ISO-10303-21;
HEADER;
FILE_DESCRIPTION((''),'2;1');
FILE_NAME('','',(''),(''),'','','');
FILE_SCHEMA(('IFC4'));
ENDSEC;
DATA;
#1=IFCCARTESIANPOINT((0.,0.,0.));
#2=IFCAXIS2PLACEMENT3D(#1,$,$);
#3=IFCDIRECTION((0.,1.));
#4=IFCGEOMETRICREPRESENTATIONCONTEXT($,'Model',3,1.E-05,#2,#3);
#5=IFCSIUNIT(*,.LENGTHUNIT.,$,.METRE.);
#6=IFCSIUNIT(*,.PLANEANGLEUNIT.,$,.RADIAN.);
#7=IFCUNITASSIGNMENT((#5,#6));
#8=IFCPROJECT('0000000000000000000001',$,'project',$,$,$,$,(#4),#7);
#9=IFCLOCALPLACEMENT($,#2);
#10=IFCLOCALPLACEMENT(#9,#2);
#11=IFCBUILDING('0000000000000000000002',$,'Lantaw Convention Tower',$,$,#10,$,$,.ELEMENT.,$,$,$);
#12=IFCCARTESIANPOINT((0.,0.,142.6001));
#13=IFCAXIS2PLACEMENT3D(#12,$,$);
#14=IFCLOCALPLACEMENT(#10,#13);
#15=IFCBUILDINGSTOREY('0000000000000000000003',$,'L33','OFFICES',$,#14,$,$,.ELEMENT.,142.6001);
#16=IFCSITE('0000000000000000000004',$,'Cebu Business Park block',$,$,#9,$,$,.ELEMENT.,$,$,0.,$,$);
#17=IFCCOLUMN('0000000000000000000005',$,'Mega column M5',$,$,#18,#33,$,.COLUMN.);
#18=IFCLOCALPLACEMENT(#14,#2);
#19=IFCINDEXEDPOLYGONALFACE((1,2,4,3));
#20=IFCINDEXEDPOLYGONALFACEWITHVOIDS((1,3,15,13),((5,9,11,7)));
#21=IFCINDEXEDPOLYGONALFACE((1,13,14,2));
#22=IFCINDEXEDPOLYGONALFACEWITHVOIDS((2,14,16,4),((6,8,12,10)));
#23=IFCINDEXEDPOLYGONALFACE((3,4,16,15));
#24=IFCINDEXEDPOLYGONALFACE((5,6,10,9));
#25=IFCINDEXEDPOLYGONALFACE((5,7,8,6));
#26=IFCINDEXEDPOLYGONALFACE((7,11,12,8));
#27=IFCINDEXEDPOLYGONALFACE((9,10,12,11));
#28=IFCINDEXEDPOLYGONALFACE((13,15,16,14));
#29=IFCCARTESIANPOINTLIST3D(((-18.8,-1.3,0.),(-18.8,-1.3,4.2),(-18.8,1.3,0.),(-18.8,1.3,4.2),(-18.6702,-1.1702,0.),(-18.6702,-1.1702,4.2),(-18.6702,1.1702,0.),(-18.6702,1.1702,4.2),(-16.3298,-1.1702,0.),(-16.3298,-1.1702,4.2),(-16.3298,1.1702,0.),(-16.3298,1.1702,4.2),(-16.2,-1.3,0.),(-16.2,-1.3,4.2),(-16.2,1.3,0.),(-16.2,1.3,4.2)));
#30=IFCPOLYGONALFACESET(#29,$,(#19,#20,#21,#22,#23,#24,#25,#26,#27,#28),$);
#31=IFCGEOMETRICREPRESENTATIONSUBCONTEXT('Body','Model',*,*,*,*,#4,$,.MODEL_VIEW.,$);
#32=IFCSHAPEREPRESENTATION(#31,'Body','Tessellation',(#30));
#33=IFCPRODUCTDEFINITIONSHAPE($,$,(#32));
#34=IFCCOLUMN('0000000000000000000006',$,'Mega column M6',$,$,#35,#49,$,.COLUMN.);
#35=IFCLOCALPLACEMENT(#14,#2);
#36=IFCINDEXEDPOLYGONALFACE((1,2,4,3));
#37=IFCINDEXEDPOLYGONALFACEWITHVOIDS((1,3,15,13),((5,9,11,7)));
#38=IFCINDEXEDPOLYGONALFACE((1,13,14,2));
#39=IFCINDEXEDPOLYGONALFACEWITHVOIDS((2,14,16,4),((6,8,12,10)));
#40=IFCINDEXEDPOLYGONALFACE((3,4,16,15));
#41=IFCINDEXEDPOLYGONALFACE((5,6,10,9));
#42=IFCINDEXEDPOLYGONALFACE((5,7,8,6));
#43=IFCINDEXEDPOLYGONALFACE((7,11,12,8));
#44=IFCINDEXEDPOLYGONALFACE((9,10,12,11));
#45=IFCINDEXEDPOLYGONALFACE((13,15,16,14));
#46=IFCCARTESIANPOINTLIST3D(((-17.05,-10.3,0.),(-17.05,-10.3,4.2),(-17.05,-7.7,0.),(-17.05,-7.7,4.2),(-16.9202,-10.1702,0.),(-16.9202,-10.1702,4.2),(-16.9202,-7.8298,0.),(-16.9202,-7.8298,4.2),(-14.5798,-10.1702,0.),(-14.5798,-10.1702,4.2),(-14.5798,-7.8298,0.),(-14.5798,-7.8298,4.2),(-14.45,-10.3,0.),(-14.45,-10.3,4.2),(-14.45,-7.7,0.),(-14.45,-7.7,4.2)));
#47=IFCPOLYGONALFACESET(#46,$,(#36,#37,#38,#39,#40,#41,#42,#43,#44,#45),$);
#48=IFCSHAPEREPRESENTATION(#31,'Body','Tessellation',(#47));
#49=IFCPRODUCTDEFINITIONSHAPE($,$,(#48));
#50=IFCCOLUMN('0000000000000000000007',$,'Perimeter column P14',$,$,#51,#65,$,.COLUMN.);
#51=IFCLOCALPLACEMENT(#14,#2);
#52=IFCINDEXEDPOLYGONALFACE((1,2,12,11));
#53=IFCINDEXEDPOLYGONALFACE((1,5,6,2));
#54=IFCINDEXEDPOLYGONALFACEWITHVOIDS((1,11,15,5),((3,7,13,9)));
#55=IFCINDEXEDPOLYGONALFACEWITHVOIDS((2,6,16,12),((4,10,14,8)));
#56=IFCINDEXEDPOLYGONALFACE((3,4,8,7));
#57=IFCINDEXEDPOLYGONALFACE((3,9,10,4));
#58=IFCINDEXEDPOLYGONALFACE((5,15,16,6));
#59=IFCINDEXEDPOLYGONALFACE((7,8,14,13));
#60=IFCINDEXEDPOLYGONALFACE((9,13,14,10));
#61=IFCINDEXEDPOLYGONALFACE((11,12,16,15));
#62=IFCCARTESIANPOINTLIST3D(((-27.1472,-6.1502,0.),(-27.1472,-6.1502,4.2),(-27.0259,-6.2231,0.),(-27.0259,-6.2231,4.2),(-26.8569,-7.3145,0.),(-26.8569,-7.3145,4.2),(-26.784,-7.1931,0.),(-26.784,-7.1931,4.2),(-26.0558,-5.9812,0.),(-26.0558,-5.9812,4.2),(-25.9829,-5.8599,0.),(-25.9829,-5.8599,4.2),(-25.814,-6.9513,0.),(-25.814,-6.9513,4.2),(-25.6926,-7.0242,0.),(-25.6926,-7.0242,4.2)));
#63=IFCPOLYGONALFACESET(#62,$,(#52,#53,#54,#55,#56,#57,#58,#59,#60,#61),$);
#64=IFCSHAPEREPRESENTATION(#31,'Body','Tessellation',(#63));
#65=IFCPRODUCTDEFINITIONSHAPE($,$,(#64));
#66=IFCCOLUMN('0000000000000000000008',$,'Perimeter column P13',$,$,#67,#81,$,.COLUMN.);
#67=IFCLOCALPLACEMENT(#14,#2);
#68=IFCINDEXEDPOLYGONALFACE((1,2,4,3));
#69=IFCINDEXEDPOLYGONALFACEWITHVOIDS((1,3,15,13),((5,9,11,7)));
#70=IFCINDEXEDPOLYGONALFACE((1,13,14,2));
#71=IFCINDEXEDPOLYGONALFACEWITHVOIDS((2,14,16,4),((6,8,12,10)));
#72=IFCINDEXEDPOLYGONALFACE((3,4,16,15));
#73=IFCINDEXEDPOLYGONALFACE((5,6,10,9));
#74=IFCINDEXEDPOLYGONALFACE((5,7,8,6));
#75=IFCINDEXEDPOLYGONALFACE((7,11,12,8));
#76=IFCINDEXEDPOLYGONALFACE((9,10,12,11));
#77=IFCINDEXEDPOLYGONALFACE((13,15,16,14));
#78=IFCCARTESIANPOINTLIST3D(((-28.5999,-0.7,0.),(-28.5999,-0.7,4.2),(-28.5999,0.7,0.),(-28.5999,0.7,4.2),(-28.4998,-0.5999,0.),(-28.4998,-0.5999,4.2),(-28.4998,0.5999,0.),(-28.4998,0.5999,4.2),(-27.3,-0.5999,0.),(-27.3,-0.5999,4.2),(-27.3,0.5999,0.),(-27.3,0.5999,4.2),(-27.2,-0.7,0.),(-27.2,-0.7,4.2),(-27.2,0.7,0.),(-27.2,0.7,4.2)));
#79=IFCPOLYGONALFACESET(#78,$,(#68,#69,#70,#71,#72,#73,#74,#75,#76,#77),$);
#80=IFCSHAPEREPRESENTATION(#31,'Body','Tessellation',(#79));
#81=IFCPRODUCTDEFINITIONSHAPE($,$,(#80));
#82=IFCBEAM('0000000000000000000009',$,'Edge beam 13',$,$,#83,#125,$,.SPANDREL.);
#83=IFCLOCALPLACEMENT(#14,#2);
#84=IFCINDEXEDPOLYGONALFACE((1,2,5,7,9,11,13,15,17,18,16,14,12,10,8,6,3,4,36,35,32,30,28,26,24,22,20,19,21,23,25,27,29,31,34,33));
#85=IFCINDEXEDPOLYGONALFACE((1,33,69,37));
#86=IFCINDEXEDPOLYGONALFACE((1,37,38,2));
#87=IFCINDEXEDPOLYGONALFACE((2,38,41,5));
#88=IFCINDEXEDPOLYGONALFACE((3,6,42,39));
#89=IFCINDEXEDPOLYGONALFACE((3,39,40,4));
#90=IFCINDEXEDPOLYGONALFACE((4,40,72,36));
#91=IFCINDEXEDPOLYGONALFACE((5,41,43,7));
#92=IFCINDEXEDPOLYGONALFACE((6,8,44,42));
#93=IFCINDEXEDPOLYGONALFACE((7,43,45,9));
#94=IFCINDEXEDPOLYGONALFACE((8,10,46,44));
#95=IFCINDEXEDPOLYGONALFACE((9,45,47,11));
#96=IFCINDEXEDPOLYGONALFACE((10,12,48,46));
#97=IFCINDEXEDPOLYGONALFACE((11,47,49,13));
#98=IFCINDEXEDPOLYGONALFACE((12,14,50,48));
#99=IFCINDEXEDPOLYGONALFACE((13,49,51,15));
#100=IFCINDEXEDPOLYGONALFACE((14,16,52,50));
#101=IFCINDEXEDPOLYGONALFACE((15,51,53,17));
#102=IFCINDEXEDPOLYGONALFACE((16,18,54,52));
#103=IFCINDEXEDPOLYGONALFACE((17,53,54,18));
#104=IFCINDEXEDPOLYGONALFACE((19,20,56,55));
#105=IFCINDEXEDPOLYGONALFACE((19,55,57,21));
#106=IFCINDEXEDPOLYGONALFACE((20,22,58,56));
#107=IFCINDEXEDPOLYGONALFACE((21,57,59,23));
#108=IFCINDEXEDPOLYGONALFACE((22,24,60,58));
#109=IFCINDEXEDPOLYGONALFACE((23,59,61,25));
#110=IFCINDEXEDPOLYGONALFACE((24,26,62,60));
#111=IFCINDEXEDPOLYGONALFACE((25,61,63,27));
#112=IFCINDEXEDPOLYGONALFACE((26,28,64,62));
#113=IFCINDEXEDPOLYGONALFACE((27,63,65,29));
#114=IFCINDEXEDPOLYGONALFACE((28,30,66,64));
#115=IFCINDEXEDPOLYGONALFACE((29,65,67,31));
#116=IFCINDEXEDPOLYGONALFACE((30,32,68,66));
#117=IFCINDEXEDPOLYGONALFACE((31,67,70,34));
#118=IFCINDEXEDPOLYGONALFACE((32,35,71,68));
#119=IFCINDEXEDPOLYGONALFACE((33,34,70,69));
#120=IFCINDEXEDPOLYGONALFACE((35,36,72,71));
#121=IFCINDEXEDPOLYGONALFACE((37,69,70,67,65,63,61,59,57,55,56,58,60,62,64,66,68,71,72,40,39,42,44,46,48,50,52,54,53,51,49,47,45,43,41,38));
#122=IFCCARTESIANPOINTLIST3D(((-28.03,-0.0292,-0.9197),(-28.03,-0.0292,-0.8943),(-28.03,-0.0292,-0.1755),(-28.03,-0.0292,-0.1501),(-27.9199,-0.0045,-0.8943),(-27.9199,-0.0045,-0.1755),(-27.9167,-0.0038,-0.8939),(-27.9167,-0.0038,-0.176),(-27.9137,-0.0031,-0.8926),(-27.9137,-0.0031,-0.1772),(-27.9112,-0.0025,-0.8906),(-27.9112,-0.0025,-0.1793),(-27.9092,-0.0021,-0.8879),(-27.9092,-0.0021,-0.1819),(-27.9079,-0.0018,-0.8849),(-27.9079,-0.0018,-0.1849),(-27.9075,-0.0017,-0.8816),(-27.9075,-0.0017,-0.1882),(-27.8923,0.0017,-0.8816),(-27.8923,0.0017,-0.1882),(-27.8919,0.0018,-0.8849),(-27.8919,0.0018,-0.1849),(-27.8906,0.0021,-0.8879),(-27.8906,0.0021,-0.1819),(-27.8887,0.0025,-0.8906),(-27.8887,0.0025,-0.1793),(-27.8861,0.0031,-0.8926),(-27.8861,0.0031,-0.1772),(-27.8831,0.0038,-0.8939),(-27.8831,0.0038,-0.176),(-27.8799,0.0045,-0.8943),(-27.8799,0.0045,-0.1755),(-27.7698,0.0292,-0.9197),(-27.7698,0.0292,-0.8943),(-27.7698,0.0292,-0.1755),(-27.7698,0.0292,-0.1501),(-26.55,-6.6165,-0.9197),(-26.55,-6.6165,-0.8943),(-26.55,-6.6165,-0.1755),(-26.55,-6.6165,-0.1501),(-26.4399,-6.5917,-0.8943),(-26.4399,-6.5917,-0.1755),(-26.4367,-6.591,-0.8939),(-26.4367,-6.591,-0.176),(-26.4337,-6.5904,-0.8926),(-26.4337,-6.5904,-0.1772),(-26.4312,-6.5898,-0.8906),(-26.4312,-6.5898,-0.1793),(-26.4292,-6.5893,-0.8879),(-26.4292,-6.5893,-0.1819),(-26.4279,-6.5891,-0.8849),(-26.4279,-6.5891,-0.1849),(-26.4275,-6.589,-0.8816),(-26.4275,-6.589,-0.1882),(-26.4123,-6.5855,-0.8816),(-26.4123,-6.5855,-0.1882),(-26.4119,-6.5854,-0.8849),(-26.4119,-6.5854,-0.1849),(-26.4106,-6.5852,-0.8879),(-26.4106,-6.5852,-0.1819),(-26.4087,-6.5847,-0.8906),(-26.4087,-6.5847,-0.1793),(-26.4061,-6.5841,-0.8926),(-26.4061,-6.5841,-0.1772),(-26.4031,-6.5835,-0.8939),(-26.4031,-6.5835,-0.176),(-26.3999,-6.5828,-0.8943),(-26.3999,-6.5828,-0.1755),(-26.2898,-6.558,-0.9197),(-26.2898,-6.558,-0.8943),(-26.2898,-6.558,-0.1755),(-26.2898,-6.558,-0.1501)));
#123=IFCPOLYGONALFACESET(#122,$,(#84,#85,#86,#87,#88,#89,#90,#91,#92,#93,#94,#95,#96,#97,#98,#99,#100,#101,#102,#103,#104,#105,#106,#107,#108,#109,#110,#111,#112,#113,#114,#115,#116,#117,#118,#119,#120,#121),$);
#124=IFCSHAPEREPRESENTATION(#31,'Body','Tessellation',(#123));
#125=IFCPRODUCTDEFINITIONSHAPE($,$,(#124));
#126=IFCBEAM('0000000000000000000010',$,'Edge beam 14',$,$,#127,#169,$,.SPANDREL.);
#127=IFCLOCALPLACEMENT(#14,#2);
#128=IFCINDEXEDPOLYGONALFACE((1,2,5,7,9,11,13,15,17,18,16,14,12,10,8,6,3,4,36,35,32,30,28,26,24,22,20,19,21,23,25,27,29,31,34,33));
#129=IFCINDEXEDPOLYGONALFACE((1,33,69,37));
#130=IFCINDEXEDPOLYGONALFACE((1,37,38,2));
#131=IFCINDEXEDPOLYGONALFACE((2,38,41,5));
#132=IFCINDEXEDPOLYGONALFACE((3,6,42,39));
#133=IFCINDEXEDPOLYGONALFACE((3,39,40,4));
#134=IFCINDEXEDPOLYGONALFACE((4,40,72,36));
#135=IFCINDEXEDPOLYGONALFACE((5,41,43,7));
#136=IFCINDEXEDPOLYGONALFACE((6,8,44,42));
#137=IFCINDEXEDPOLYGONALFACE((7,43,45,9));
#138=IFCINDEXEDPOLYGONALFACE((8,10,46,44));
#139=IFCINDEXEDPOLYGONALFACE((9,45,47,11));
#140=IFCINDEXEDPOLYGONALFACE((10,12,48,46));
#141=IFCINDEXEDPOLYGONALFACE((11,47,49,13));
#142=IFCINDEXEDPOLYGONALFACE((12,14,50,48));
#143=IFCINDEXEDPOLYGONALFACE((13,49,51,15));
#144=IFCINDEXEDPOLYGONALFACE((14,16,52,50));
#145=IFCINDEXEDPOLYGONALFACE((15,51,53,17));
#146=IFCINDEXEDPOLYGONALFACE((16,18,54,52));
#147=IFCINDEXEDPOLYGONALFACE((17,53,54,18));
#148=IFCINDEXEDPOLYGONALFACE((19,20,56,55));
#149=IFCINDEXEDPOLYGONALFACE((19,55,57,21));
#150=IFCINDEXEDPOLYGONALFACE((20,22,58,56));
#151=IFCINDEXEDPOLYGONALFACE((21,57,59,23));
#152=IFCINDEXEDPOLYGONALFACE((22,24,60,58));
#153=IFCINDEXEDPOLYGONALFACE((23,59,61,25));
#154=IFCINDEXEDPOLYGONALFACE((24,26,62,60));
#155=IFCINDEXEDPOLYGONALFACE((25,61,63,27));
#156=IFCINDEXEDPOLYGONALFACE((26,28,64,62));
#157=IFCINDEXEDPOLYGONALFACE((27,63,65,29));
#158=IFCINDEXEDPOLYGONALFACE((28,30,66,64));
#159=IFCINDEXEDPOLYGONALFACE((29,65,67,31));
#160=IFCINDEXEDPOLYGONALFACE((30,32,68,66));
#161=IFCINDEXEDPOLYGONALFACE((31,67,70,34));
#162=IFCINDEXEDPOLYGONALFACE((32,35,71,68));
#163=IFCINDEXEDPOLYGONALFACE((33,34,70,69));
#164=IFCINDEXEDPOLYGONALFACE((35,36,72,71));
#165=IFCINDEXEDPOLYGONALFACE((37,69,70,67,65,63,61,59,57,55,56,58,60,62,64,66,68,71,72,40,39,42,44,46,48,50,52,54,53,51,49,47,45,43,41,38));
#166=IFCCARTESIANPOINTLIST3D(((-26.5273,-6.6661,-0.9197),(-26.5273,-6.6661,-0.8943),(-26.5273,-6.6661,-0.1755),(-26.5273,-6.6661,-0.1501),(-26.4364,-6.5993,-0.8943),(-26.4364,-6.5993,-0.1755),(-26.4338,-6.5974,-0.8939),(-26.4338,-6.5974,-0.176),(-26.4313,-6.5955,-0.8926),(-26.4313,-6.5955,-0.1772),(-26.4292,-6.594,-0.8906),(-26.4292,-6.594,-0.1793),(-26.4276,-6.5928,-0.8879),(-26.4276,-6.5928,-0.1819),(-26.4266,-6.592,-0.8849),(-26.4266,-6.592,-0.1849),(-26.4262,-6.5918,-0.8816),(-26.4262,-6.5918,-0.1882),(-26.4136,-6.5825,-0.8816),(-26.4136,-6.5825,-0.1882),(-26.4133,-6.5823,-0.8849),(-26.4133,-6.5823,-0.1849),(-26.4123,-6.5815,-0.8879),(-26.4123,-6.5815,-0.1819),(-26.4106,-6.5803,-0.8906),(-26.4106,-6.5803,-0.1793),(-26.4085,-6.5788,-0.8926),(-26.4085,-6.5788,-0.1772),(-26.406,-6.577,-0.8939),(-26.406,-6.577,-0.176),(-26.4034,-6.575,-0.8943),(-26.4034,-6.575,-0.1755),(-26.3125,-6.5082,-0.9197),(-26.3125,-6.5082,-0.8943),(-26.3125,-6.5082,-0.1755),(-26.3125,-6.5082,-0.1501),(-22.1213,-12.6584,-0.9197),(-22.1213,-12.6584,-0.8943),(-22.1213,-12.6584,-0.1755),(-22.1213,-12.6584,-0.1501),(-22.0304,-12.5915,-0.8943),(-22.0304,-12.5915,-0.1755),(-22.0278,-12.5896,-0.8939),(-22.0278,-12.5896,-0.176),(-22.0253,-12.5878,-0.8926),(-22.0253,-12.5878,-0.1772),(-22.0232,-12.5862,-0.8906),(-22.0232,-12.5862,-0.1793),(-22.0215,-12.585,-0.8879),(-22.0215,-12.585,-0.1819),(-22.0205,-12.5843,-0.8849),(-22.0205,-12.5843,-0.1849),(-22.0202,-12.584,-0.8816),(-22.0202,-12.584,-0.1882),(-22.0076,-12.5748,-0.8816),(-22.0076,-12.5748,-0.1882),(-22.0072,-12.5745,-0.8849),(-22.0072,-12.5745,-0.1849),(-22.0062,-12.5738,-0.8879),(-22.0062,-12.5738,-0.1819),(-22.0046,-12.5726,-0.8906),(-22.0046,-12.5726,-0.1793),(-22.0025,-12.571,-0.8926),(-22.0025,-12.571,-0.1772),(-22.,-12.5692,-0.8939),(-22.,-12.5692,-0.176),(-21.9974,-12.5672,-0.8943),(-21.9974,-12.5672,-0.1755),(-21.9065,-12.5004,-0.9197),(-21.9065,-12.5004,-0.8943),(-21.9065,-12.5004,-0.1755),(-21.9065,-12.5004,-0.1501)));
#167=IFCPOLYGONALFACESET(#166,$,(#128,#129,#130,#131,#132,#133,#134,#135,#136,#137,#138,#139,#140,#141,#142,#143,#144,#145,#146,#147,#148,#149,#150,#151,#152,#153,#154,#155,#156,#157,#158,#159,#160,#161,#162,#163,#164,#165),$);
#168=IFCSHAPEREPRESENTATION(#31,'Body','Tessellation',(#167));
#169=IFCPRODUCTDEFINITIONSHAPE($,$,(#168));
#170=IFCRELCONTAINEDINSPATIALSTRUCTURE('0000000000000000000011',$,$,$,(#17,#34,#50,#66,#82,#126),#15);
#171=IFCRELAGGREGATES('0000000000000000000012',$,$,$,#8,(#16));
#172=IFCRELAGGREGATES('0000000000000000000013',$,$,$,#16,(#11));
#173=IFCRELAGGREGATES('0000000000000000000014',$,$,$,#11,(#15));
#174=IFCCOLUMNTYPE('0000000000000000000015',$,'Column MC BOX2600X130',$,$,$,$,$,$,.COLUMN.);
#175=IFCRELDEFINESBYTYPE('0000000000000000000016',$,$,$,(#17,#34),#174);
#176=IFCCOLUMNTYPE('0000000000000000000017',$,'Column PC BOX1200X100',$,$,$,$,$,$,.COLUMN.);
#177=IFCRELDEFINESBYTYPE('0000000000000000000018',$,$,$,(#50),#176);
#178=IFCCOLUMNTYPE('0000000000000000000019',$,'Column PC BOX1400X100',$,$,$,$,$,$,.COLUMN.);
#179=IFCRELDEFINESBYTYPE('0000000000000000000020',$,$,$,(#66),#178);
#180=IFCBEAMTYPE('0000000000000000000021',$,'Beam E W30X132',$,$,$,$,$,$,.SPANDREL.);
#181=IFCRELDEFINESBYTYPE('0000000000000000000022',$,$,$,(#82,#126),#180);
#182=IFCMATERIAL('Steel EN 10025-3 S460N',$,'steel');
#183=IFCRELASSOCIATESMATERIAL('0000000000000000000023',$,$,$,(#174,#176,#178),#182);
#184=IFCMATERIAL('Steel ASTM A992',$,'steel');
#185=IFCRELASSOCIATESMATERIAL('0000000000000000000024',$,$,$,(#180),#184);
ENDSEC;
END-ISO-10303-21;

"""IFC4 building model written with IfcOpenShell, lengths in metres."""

from ifc_helpers import new_model, si_unit, direction, frame, origin, origin_2d, place, context, subcontext, project, spatial, rectangle, hollow_rectangle, i_section, extrude, material, material_profile, profile_set, type_object, element, save


model = new_model("IFC4")

# Units and contexts
model_context = context("Model", 3, precision=1e-05, world=origin(), true_north=direction((0.0, 1.0)))
body_context = subcontext(model_context, "Body", "Model", "MODEL_VIEW")
ifc_project = project(units=[si_unit("LENGTHUNIT", "METRE"), si_unit("PLANEANGLEUNIT", "RADIAN")], contexts=[model_context])

# Site, building, storey
site_placement = place(None, origin())
site = spatial("IfcSite", under=ifc_project, at=site_placement, Name="Cebu Business Park block", CompositionType="ELEMENT", RefElevation=0.0)
building_placement = place(site_placement, origin())
building = spatial("IfcBuilding", under=site, at=building_placement, Name="Lantaw Convention Tower", CompositionType="ELEMENT")
storey_placement = place(building_placement, frame((0.0, 0.0, 142.6001)))
storey = spatial("IfcBuildingStorey", under=building, at=storey_placement, Name="L33", Description="OFFICES", CompositionType="ELEMENT", Elevation=142.6001)

# Columns
ifc_material_1 = material(Name="Steel EN 10025-3 S460N", Category="steel")
ifc_material_profile_1 = material_profile(ifc_material_1, hollow_rectangle(XDim=2.6001, YDim=2.6001, WallThickness=0.1299, at=origin_2d()), Name="BOX2600X130")
ifc_material_2 = material(Name="Concrete C60/75", Category="concrete")
ifc_material_profile_2 = material_profile(ifc_material_2, rectangle(XDim=2.3401, YDim=2.3401, at=origin_2d()), Name="Concrete fill of BOX2600X130")
ifc_profile_set_1 = profile_set([ifc_material_profile_1, ifc_material_profile_2], Name="Steel EN 10025-3 S460N")
column_type_1 = type_object("IfcColumnType", Name="Column MC BOX2600X130", PredefinedType="COLUMN", material=ifc_profile_set_1)
for number, where, z_axis, x_axis, name in (
    (1, (-17.5, 0.0, 0.0), (0.0, 0.0, 1.0), (1.0, 0.0, 0.0), "Mega column M5"),
    (2, (-15.75, -9.0, 0.0), (0.0, 0.0, 1.0), (1.0, 0.0, 0.0), "Mega column M6"),
):
    element("IfcColumn", number, at=place(storey_placement, frame(where, z_axis=z_axis, x_axis=x_axis)), inside=storey, type_object=column_type_1, Name=name, PredefinedType="COLUMN", context=body_context, shape_type="SweptSolid", body=[
        extrude(hollow_rectangle(XDim=2.6001, YDim=2.6001, WallThickness=0.1299, at=origin_2d()), origin(), (0.0, 0.0, 1.0), 4.2),
    ])
ifc_material_profile_3 = material_profile(ifc_material_1, hollow_rectangle(XDim=1.2, YDim=1.2, WallThickness=0.1001, at=origin_2d()), Name="BOX1200X100")
ifc_material_profile_4 = material_profile(ifc_material_2, rectangle(XDim=1.0, YDim=1.0, at=origin_2d()), Name="Concrete fill of BOX1200X100")
ifc_profile_set_2 = profile_set([ifc_material_profile_3, ifc_material_profile_4], Name="Steel EN 10025-3 S460N")
column_type_2 = type_object("IfcColumnType", Name="Column PC BOX1200X100", PredefinedType="COLUMN", material=ifc_profile_set_2)
column_1_placement = place(storey_placement, frame((-26.4199, -6.5872, 0.0), z_axis=(0.0, 0.0, 1.0), x_axis=(0.970296, 0.241922, 0.0)))
element("IfcColumn", 3, at=column_1_placement, inside=storey, type_object=column_type_2, Name="Perimeter column P14", PredefinedType="COLUMN", context=body_context, shape_type="SweptSolid", body=[
    extrude(hollow_rectangle(XDim=1.2, YDim=1.2, WallThickness=0.1001, at=origin_2d()), origin(), (0.0, 0.0, 1.0), 4.2),
])
ifc_material_profile_5 = material_profile(ifc_material_1, hollow_rectangle(XDim=1.3999, YDim=1.3999, WallThickness=0.1001, at=origin_2d()), Name="BOX1400X100")
ifc_material_profile_6 = material_profile(ifc_material_2, rectangle(XDim=1.2, YDim=1.2, at=origin_2d()), Name="Concrete fill of BOX1400X100")
ifc_profile_set_3 = profile_set([ifc_material_profile_5, ifc_material_profile_6], Name="Steel EN 10025-3 S460N")
column_type_3 = type_object("IfcColumnType", Name="Column PC BOX1400X100", PredefinedType="COLUMN", material=ifc_profile_set_3)
column_2_placement = place(storey_placement, frame((-27.8999, 0.0, 0.0), z_axis=(0.0, 0.0, 1.0), x_axis=(1.0, 0.0, 0.0)))
element("IfcColumn", 4, at=column_2_placement, inside=storey, type_object=column_type_3, Name="Perimeter column P13", PredefinedType="COLUMN", context=body_context, shape_type="SweptSolid", body=[
    extrude(hollow_rectangle(XDim=1.3999, YDim=1.3999, WallThickness=0.1001, at=origin_2d()), origin(), (0.0, 0.0, 1.0), 4.2),
])

# Beams
ifc_material_3 = material(Name="Steel ASTM A992", Category="steel")
ifc_material_profile_7 = material_profile(ifc_material_3, i_section(OverallWidth=0.2666, OverallDepth=0.7695, WebThickness=0.0156, FlangeThickness=0.0254, FilletRadius=0.0127, at=origin_2d()), Name="W30X132")
ifc_profile_set_4 = profile_set([ifc_material_profile_7], Name="Steel ASTM A992")
beam_type_1 = type_object("IfcBeamType", Name="Beam E W30X132", PredefinedType="SPANDREL", material=ifc_profile_set_4)
beam_1_placement = place(storey_placement, frame((-27.8999, 0.0, -0.5349), z_axis=(0.219212, -0.975677, 0.0), x_axis=(0.975677, 0.219212, 0.0)))
element("IfcBeam", 5, at=beam_1_placement, inside=storey, type_object=beam_type_1, Name="Edge beam 13", PredefinedType="SPANDREL", context=body_context, shape_type="SweptSolid", body=[
    extrude(i_section(OverallWidth=0.2666, OverallDepth=0.7695, WebThickness=0.0156, FlangeThickness=0.0254, FilletRadius=0.0127, at=origin_2d()), origin(), (0.0, 0.0, 1.0), 6.7515),
])
beam_2_placement = place(storey_placement, frame((-26.4199, -6.5872, -0.5349), z_axis=(0.592389, -0.805652, 0.0), x_axis=(0.805652, 0.592389, 0.0)))
element("IfcBeam", 6, at=beam_2_placement, inside=storey, type_object=beam_type_1, Name="Edge beam 14", PredefinedType="SPANDREL", context=body_context, shape_type="SweptSolid", body=[
    extrude(i_section(OverallWidth=0.2666, OverallDepth=0.7695, WebThickness=0.0156, FlangeThickness=0.0254, FilletRadius=0.0127, at=origin_2d()), origin(), (0.0, 0.0, 1.0), 7.4377),
])

save(model, "model.ifc")
